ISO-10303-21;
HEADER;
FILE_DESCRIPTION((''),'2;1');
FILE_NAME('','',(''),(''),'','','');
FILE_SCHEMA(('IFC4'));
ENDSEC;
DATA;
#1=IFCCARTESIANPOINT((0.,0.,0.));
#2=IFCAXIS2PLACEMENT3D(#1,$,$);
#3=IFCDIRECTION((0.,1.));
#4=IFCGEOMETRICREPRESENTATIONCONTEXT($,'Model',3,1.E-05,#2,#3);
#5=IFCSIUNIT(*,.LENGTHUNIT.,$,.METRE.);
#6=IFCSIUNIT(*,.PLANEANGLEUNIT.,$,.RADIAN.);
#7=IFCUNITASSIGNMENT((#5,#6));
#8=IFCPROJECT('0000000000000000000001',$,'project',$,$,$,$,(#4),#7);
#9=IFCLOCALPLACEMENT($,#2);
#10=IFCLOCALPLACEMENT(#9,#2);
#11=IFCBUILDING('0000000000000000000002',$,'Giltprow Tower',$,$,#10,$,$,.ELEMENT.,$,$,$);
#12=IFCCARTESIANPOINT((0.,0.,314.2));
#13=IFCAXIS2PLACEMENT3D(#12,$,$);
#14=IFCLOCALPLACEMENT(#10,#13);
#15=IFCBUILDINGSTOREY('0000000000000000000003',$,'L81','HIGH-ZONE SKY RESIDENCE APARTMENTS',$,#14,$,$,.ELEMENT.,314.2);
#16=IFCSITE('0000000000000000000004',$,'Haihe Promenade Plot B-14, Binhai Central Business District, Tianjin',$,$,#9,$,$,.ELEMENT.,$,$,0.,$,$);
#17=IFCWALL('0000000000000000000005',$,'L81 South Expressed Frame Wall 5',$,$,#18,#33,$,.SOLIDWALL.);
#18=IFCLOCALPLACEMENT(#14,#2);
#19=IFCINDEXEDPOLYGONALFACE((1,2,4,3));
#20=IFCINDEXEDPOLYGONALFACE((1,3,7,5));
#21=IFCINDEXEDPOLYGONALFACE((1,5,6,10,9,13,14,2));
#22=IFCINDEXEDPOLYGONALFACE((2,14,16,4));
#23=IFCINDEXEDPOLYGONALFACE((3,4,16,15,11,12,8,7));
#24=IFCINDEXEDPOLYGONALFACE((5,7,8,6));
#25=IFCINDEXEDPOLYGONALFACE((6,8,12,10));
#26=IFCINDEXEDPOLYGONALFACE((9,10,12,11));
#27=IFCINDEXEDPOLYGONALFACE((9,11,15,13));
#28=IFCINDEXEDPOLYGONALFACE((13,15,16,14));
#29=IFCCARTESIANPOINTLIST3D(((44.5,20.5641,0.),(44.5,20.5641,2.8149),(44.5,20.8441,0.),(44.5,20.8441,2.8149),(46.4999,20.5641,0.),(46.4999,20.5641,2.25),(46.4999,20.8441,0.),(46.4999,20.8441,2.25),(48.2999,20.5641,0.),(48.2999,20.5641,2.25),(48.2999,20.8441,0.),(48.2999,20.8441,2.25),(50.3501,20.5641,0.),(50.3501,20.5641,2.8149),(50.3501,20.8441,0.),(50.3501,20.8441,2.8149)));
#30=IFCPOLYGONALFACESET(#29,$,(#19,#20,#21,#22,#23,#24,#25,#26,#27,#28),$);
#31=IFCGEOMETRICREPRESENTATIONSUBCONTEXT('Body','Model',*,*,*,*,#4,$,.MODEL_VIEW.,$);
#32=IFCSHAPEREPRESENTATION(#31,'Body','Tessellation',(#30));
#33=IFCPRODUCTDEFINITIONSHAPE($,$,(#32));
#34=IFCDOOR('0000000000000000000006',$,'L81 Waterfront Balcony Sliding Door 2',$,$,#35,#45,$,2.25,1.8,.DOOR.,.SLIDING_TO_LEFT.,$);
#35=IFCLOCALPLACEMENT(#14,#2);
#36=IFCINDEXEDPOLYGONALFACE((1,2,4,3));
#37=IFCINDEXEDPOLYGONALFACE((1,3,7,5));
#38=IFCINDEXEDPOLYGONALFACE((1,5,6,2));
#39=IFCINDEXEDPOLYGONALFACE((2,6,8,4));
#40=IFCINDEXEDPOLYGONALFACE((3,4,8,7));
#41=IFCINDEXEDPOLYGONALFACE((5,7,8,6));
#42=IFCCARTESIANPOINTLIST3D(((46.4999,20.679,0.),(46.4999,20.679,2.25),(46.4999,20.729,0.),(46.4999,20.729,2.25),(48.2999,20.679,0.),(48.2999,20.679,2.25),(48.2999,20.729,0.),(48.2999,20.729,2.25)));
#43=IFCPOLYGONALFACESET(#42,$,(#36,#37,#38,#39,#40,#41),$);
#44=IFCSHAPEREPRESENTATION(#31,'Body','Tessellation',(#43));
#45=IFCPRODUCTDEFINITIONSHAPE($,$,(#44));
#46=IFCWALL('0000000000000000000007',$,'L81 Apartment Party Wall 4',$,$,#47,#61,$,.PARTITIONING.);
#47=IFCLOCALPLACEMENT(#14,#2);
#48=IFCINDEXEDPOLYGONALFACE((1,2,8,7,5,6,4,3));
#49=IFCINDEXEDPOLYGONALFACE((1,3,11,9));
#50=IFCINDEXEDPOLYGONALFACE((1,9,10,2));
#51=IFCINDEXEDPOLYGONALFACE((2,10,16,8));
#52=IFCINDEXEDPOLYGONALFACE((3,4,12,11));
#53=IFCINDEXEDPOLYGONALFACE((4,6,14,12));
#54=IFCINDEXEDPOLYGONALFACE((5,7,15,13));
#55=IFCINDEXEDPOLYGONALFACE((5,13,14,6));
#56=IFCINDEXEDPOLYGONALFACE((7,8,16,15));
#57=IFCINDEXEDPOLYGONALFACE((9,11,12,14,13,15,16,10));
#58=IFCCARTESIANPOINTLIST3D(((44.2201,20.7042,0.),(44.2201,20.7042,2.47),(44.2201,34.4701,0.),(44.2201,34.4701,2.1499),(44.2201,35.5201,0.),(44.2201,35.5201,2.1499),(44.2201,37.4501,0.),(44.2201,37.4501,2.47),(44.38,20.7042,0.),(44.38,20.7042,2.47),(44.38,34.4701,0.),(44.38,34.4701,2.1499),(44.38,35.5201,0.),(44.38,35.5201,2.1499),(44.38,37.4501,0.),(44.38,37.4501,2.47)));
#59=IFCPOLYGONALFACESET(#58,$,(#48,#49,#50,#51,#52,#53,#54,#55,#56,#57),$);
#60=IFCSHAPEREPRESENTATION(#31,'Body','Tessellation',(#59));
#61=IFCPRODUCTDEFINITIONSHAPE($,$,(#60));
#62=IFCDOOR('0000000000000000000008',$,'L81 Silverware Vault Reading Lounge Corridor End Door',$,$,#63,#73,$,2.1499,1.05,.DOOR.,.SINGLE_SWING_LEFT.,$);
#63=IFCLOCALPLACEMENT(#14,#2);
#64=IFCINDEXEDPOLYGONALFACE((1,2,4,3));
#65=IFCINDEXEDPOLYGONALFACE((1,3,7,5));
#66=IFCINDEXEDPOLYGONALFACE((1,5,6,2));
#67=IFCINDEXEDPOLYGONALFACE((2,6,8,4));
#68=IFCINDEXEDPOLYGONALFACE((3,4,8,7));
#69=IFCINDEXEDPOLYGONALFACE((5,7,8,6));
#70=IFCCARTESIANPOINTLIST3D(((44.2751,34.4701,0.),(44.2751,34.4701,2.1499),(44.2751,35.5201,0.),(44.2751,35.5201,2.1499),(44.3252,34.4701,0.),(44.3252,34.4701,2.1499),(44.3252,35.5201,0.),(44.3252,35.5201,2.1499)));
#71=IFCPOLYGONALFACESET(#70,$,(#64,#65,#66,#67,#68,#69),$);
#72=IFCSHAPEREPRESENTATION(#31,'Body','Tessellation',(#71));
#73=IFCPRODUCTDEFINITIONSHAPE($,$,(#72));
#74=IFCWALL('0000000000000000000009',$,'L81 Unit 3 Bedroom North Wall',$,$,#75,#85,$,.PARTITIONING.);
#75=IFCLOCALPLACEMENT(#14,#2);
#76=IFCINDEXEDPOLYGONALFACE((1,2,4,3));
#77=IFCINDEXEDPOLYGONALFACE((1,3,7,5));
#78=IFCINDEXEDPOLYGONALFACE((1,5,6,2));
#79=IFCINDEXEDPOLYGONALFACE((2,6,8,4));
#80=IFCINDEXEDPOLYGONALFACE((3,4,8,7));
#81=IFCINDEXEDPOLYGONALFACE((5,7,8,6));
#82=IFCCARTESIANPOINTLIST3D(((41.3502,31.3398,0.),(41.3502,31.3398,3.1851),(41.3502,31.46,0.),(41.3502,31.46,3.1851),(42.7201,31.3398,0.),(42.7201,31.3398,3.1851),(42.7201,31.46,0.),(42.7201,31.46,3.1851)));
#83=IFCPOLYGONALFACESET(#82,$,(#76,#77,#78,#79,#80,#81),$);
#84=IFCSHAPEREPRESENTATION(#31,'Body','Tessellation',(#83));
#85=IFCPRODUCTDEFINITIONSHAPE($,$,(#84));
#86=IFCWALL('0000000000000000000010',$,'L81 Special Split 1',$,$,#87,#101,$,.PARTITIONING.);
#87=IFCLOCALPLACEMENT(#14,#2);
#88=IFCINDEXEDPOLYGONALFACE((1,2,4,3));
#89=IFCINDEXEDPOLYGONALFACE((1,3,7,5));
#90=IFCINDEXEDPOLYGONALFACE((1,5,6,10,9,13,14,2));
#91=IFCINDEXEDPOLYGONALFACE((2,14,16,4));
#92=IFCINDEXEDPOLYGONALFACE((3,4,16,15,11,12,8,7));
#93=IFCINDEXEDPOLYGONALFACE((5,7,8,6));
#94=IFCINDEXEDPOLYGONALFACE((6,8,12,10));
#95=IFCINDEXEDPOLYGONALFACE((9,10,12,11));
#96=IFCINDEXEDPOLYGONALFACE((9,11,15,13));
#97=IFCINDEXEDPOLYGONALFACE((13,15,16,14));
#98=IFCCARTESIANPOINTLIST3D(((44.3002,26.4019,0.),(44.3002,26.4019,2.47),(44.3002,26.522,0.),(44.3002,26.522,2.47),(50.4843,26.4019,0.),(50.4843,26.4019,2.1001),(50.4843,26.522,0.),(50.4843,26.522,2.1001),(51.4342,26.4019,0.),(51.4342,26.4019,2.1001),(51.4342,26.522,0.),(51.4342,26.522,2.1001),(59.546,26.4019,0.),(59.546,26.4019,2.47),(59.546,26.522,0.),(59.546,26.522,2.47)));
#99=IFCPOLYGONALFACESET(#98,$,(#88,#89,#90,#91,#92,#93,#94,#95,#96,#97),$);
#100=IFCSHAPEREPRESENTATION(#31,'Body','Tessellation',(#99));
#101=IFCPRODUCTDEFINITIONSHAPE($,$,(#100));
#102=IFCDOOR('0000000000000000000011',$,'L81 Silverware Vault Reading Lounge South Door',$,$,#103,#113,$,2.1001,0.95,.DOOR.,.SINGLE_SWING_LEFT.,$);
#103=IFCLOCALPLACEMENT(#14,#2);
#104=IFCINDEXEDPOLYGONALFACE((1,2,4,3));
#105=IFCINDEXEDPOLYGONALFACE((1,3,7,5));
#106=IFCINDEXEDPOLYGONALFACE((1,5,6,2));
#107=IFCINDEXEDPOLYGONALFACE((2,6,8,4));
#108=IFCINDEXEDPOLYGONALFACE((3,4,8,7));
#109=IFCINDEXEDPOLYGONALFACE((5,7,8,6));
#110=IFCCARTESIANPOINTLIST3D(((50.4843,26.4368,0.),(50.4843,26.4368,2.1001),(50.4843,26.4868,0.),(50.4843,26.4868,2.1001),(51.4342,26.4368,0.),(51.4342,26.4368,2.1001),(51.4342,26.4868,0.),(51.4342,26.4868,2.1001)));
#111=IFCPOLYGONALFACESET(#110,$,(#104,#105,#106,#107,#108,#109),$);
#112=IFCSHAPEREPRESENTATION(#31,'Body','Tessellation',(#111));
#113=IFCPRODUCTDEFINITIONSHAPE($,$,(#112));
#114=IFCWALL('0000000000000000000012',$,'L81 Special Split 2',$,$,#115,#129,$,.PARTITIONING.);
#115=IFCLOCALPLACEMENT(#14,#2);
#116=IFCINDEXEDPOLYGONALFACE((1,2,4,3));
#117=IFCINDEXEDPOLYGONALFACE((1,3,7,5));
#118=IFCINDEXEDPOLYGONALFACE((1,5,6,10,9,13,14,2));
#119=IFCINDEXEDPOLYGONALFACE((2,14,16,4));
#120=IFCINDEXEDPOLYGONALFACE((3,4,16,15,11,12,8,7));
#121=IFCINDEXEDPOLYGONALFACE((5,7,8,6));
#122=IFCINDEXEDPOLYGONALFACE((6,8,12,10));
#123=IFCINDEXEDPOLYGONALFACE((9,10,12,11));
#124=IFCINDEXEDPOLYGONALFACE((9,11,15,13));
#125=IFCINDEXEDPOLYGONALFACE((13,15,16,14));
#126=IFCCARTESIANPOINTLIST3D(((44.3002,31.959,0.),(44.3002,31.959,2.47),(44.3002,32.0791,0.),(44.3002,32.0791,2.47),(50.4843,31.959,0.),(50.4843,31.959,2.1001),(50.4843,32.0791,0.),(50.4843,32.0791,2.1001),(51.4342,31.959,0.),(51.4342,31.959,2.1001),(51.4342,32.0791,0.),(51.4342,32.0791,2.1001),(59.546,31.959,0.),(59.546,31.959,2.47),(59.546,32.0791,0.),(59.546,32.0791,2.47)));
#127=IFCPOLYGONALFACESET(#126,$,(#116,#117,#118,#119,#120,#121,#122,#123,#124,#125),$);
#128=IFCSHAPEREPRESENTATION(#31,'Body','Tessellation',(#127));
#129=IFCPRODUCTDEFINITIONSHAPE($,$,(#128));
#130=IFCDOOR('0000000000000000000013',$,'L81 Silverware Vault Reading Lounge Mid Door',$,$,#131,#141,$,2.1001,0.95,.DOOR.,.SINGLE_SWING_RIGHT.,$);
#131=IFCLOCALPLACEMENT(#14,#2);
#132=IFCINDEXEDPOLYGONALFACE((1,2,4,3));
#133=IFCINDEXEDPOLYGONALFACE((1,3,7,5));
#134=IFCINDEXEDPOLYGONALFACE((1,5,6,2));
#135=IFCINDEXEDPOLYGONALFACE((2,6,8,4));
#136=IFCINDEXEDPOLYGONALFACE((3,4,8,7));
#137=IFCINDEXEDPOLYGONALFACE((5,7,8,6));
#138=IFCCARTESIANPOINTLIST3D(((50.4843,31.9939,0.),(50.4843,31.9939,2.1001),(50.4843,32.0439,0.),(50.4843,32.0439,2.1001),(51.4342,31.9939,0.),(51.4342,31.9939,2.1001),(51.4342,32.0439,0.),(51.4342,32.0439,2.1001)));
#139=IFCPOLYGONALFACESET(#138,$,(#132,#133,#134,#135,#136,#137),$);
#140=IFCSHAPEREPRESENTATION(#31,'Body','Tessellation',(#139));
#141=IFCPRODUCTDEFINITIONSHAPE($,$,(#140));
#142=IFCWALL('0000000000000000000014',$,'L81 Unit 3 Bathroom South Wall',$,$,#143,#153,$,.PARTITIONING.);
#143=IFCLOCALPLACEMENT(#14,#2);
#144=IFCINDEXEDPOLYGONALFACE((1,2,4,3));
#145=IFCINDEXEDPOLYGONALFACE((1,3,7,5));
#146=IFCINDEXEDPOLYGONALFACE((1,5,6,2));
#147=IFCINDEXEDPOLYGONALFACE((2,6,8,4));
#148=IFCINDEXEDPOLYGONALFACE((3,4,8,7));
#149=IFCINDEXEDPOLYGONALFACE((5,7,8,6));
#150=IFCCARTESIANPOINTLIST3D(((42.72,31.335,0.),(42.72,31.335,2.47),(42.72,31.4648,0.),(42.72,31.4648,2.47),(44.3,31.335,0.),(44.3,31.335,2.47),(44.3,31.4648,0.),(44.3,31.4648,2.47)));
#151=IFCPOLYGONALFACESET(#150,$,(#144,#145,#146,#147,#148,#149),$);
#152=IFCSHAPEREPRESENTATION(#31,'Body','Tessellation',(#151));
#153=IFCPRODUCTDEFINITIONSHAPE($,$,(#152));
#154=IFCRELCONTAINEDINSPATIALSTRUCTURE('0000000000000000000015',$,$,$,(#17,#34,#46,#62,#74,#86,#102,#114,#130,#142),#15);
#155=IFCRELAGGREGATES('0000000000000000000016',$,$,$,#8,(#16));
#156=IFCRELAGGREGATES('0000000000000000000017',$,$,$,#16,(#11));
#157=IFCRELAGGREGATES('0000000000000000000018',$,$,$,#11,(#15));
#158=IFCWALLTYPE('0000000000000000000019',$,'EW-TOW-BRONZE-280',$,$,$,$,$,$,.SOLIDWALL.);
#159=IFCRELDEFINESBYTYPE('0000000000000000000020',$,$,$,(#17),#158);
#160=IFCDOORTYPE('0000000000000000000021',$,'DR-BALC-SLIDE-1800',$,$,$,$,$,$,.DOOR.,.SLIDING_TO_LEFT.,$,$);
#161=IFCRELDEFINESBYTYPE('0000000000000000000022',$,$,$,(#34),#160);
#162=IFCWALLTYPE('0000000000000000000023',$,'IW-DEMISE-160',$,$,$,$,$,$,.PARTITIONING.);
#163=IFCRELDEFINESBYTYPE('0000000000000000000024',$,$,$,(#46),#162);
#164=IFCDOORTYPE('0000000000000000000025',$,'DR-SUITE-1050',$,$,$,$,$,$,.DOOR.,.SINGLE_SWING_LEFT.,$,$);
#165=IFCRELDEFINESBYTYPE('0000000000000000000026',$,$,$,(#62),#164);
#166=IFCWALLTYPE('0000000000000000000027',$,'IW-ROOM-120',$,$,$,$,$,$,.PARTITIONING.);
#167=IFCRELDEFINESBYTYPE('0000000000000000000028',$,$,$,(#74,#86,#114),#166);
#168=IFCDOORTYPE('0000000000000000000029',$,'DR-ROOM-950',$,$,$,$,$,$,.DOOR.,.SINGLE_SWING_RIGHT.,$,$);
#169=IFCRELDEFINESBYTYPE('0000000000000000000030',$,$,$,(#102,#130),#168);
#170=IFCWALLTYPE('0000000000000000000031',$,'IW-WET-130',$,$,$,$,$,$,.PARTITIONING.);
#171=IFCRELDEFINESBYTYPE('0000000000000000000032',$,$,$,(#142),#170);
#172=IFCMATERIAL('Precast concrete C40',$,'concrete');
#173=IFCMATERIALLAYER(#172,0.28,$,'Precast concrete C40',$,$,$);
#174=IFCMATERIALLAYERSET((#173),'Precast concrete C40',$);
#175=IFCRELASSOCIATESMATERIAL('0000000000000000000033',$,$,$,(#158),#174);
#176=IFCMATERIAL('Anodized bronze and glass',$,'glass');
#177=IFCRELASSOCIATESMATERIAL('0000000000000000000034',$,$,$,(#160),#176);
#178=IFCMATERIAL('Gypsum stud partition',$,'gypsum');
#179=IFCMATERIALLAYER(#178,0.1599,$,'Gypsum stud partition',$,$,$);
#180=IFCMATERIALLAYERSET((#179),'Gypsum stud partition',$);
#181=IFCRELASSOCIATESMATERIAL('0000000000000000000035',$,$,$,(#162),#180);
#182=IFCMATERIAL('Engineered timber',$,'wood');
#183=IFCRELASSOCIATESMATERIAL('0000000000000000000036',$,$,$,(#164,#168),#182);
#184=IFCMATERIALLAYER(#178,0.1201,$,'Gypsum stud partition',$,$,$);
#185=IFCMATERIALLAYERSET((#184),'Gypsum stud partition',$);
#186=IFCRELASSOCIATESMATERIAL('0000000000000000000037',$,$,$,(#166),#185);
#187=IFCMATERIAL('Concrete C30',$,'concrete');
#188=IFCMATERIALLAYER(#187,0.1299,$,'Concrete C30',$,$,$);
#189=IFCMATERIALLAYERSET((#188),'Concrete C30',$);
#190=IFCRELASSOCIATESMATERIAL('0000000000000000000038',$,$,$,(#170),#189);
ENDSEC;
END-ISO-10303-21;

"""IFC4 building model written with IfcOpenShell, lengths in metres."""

from ifc_helpers import new_model, si_unit, direction, frame, frame_2d, origin, place, context, subcontext, project, spatial, rectangle, extrude, source, transform, mapped, material, layer, layer_set, type_object, element, fill, save


model = new_model("IFC4")

# Units and contexts
model_context = context("Model", 3, precision=1e-05, world=origin(), true_north=direction((0.0, 1.0)))
body_context = subcontext(model_context, "Body", "Model", "MODEL_VIEW")
ifc_project = project(units=[si_unit("LENGTHUNIT", "METRE"), si_unit("PLANEANGLEUNIT", "RADIAN")], contexts=[model_context])

# Site, building, storey
site_placement = place(None, origin())
site = spatial("IfcSite", under=ifc_project, at=site_placement, Name="Haihe Promenade Plot B-14, Binhai Central Business District, Tianjin", CompositionType="ELEMENT", RefElevation=0.0)
building_placement = place(site_placement, origin())
building = spatial("IfcBuilding", under=site, at=building_placement, Name="Giltprow Tower", CompositionType="ELEMENT")
storey_placement = place(building_placement, frame((0.0, 0.0, 314.2)))
storey = spatial("IfcBuildingStorey", under=building, at=storey_placement, Name="L81", Description="HIGH-ZONE SKY RESIDENCE APARTMENTS", CompositionType="ELEMENT", Elevation=314.2)

# Walls, openings, doors
ifc_material_1 = material(Name="Precast concrete C40", Category="concrete")
ifc_layer_1 = layer(ifc_material_1, 0.28, Name="Precast concrete C40")
ifc_layer_set_1 = layer_set([ifc_layer_1], Name="Precast concrete C40")
wall_type_1 = type_object("IfcWallType", Name="EW-TOW-BRONZE-280", PredefinedType="SOLIDWALL", material=ifc_layer_set_1)
wall_1_placement = place(storey_placement, frame((44.5, 20.7041, 0.0), z_axis=(0.0, 0.0, 1.0), x_axis=(1.0, 0.0, 0.0)))
wall_1 = element("IfcWall", 1, at=wall_1_placement, inside=storey, type_object=wall_type_1, Name="L81 South Expressed Frame Wall 5", PredefinedType="SOLIDWALL", context=body_context, shape_type="SweptSolid", body=[
    extrude(rectangle(XDim=5.8501, YDim=0.28, at=frame_2d((2.925, 0.0))), origin(), (0.0, 0.0, 1.0), 2.8149),
])
opening_1_placement = place(wall_1_placement, frame((2.0, 0.0, 0.0)))
opening_1 = element("IfcOpeningElement", 2, at=opening_1_placement, cuts=wall_1, PredefinedType="OPENING", context=body_context, shape_type="SweptSolid", body=[
    extrude(rectangle(XDim=1.8, YDim=2.25, at=frame_2d((0.8999, 1.125))), frame((0.0, 0.1499, 0.0), z_axis=(0.0, -1.0, 0.0), x_axis=(1.0, 0.0, 0.0)), (0.0, 0.0, 1.0), 0.3),
])
ifc_material_2 = material(Name="Anodized bronze and glass", Category="glass")
door_type_1 = type_object("IfcDoorType", Name="DR-BALC-SLIDE-1800", OperationType="SLIDING_TO_LEFT", PredefinedType="DOOR", material=ifc_material_2)
shared_shape_1 = source(origin(), body_context, "Body", "SweptSolid", [
    extrude(rectangle(XDim=1.8, YDim=2.25, at=frame_2d((0.8999, 1.125))), frame((0.0, 0.0249, 0.0), z_axis=(0.0, -1.0, 0.0), x_axis=(1.0, 0.0, 0.0)), (0.0, 0.0, 1.0), 0.05),
])
door_1_placement = place(opening_1_placement, origin())
door_1 = element("IfcDoor", 3, at=door_1_placement, inside=storey, type_object=door_type_1, Name="L81 Waterfront Balcony Sliding Door 2", OperationType="SLIDING_TO_LEFT", OverallHeight=2.25, OverallWidth=1.8, PredefinedType="DOOR", context=body_context, shape_type="MappedRepresentation", body=[
    mapped(shared_shape_1, transform((0.0, 0.0, 0.0), x_axis=(1.0, 0.0, 0.0), y_axis=(0.0, 1.0, 0.0), z_axis=(0.0, 0.0, 1.0), scale=1.0)),
])
fill(opening_1, door_1)
ifc_material_3 = material(Name="Gypsum stud partition", Category="gypsum")
ifc_layer_2 = layer(ifc_material_3, 0.1599, Name="Gypsum stud partition")
ifc_layer_set_2 = layer_set([ifc_layer_2], Name="Gypsum stud partition")
wall_type_2 = type_object("IfcWallType", Name="IW-DEMISE-160", PredefinedType="PARTITIONING", material=ifc_layer_set_2)
wall_2_placement = place(storey_placement, frame((44.3, 20.7041, 0.0), z_axis=(0.0, 0.0, 1.0), x_axis=(0.0, 1.0, 0.0)))
wall_2 = element("IfcWall", 4, at=wall_2_placement, inside=storey, type_object=wall_type_2, Name="L81 Apartment Party Wall 4", PredefinedType="PARTITIONING", context=body_context, shape_type="SweptSolid", body=[
    extrude(rectangle(XDim=16.7458, YDim=0.1599, at=frame_2d((8.373, 0.0))), origin(), (0.0, 0.0, 1.0), 2.47),
])
opening_2_placement = place(wall_2_placement, frame((13.7661, 0.0, 0.0)))
opening_2 = element("IfcOpeningElement", 5, at=opening_2_placement, cuts=wall_2, PredefinedType="OPENING", context=body_context, shape_type="SweptSolid", body=[
    extrude(rectangle(XDim=1.05, YDim=2.1499, at=frame_2d((0.5249, 1.075))), frame((0.0, 0.0898, 0.0), z_axis=(0.0, -1.0, 0.0), x_axis=(1.0, 0.0, 0.0)), (0.0, 0.0, 1.0), 0.1799),
])
ifc_material_4 = material(Name="Engineered timber", Category="wood")
door_type_2 = type_object("IfcDoorType", Name="DR-SUITE-1050", OperationType="SINGLE_SWING_LEFT", PredefinedType="DOOR", material=ifc_material_4)
shared_shape_2 = source(origin(), body_context, "Body", "SweptSolid", [
    extrude(rectangle(XDim=1.05, YDim=2.1499, at=frame_2d((0.5249, 1.075))), frame((0.0, 0.0249, 0.0), z_axis=(0.0, -1.0, 0.0), x_axis=(1.0, 0.0, 0.0)), (0.0, 0.0, 1.0), 0.05),
])
door_2_placement = place(opening_2_placement, origin())
door_2 = element("IfcDoor", 6, at=door_2_placement, inside=storey, type_object=door_type_2, Name="L81 Silverware Vault Reading Lounge Corridor End Door", OperationType="SINGLE_SWING_LEFT", OverallHeight=2.1499, OverallWidth=1.05, PredefinedType="DOOR", context=body_context, shape_type="MappedRepresentation", body=[
    mapped(shared_shape_2, transform((0.0, 0.0, 0.0), x_axis=(1.0, 0.0, 0.0), y_axis=(0.0, 1.0, 0.0), z_axis=(0.0, 0.0, 1.0), scale=1.0)),
])
fill(opening_2, door_2)

# Wall
ifc_layer_3 = layer(ifc_material_3, 0.1201, Name="Gypsum stud partition")
ifc_layer_set_3 = layer_set([ifc_layer_3], Name="Gypsum stud partition")
wall_type_3 = type_object("IfcWallType", Name="IW-ROOM-120", PredefinedType="PARTITIONING", material=ifc_layer_set_3)
wall_3_placement = place(storey_placement, frame((41.3501, 31.3999, 0.0), z_axis=(0.0, 0.0, 1.0), x_axis=(1.0, 0.0, 0.0)))
element("IfcWall", 7, at=wall_3_placement, inside=storey, type_object=wall_type_3, Name="L81 Unit 3 Bedroom North Wall", PredefinedType="PARTITIONING", context=body_context, shape_type="SweptSolid", body=[
    extrude(rectangle(XDim=1.3699, YDim=0.1201, at=frame_2d((0.6851, 0.0))), origin(), (0.0, 0.0, 1.0), 3.1851),
])

# Walls, openings, doors
wall_4_placement = place(storey_placement, frame((44.3, 26.4619, 0.0), z_axis=(0.0, 0.0, 1.0), x_axis=(1.0, 0.0, 0.0)))
wall_4 = element("IfcWall", 8, at=wall_4_placement, inside=storey, type_object=wall_type_3, Name="L81 Special Split 1", PredefinedType="PARTITIONING", context=body_context, shape_type="SweptSolid", body=[
    extrude(rectangle(XDim=15.2458, YDim=0.1201, at=frame_2d((7.623, 0.0))), origin(), (0.0, 0.0, 1.0), 2.47),
])
opening_3_placement = place(wall_4_placement, frame((6.1841, 0.0, 0.0)))
opening_3 = element("IfcOpeningElement", 9, at=opening_3_placement, cuts=wall_4, PredefinedType="OPENING", context=body_context, shape_type="SweptSolid", body=[
    extrude(rectangle(XDim=0.95, YDim=2.1001, at=frame_2d((0.4751, 1.05))), frame((0.0, 0.0701, 0.0), z_axis=(0.0, -1.0, 0.0), x_axis=(1.0, 0.0, 0.0)), (0.0, 0.0, 1.0), 0.1401),
])
door_type_3 = type_object("IfcDoorType", Name="DR-ROOM-950", OperationType="SINGLE_SWING_RIGHT", PredefinedType="DOOR", material=ifc_material_4)
shared_shape_3 = source(origin(), body_context, "Body", "SweptSolid", [
    extrude(rectangle(XDim=0.95, YDim=2.1001, at=frame_2d((0.4751, 1.05))), frame((0.0, 0.0249, 0.0), z_axis=(0.0, -1.0, 0.0), x_axis=(1.0, 0.0, 0.0)), (0.0, 0.0, 1.0), 0.05),
])
door_3_placement = place(opening_3_placement, origin())
door_3 = element("IfcDoor", 10, at=door_3_placement, inside=storey, type_object=door_type_3, Name="L81 Silverware Vault Reading Lounge South Door", OperationType="SINGLE_SWING_LEFT", OverallHeight=2.1001, OverallWidth=0.95, PredefinedType="DOOR", context=body_context, shape_type="MappedRepresentation", body=[
    mapped(shared_shape_3, transform((0.0, 0.0, 0.0), x_axis=(1.0, 0.0, 0.0), y_axis=(0.0, 1.0, 0.0), z_axis=(0.0, 0.0, 1.0), scale=1.0)),
])
fill(opening_3, door_3)
wall_5_placement = place(storey_placement, frame((44.3, 32.019, 0.0), z_axis=(0.0, 0.0, 1.0), x_axis=(1.0, 0.0, 0.0)))
wall_5 = element("IfcWall", 11, at=wall_5_placement, inside=storey, type_object=wall_type_3, Name="L81 Special Split 2", PredefinedType="PARTITIONING", context=body_context, shape_type="SweptSolid", body=[
    extrude(rectangle(XDim=15.2458, YDim=0.1201, at=frame_2d((7.623, 0.0))), origin(), (0.0, 0.0, 1.0), 2.47),
])
opening_4_placement = place(wall_5_placement, frame((6.1841, 0.0, 0.0)))
opening_4 = element("IfcOpeningElement", 12, at=opening_4_placement, cuts=wall_5, PredefinedType="OPENING", context=body_context, shape_type="SweptSolid", body=[
    extrude(rectangle(XDim=0.95, YDim=2.1001, at=frame_2d((0.4751, 1.05))), frame((0.0, 0.0701, 0.0), z_axis=(0.0, -1.0, 0.0), x_axis=(1.0, 0.0, 0.0)), (0.0, 0.0, 1.0), 0.1401),
])
door_4_placement = place(opening_4_placement, origin())
door_4 = element("IfcDoor", 13, at=door_4_placement, inside=storey, type_object=door_type_3, Name="L81 Silverware Vault Reading Lounge Mid Door", OperationType="SINGLE_SWING_RIGHT", OverallHeight=2.1001, OverallWidth=0.95, PredefinedType="DOOR", context=body_context, shape_type="MappedRepresentation", body=[
    mapped(shared_shape_3, transform((0.0, 0.0, 0.0), x_axis=(1.0, 0.0, 0.0), y_axis=(0.0, 1.0, 0.0), z_axis=(0.0, 0.0, 1.0), scale=1.0)),
])
fill(opening_4, door_4)

# Wall
ifc_material_5 = material(Name="Concrete C30", Category="concrete")
ifc_layer_4 = layer(ifc_material_5, 0.1299, Name="Concrete C30")
ifc_layer_set_4 = layer_set([ifc_layer_4], Name="Concrete C30")
wall_type_4 = type_object("IfcWallType", Name="IW-WET-130", PredefinedType="PARTITIONING", material=ifc_layer_set_4)
wall_6_placement = place(storey_placement, frame((42.72, 31.3999, 0.0), z_axis=(0.0, 0.0, 1.0), x_axis=(1.0, 0.0, 0.0)))
element("IfcWall", 14, at=wall_6_placement, inside=storey, type_object=wall_type_4, Name="L81 Unit 3 Bathroom South Wall", PredefinedType="PARTITIONING", context=body_context, shape_type="SweptSolid", body=[
    extrude(rectangle(XDim=1.5801, YDim=0.1299, at=frame_2d((0.79, 0.0))), origin(), (0.0, 0.0, 1.0), 2.47),
])

save(model, "model.ifc")
